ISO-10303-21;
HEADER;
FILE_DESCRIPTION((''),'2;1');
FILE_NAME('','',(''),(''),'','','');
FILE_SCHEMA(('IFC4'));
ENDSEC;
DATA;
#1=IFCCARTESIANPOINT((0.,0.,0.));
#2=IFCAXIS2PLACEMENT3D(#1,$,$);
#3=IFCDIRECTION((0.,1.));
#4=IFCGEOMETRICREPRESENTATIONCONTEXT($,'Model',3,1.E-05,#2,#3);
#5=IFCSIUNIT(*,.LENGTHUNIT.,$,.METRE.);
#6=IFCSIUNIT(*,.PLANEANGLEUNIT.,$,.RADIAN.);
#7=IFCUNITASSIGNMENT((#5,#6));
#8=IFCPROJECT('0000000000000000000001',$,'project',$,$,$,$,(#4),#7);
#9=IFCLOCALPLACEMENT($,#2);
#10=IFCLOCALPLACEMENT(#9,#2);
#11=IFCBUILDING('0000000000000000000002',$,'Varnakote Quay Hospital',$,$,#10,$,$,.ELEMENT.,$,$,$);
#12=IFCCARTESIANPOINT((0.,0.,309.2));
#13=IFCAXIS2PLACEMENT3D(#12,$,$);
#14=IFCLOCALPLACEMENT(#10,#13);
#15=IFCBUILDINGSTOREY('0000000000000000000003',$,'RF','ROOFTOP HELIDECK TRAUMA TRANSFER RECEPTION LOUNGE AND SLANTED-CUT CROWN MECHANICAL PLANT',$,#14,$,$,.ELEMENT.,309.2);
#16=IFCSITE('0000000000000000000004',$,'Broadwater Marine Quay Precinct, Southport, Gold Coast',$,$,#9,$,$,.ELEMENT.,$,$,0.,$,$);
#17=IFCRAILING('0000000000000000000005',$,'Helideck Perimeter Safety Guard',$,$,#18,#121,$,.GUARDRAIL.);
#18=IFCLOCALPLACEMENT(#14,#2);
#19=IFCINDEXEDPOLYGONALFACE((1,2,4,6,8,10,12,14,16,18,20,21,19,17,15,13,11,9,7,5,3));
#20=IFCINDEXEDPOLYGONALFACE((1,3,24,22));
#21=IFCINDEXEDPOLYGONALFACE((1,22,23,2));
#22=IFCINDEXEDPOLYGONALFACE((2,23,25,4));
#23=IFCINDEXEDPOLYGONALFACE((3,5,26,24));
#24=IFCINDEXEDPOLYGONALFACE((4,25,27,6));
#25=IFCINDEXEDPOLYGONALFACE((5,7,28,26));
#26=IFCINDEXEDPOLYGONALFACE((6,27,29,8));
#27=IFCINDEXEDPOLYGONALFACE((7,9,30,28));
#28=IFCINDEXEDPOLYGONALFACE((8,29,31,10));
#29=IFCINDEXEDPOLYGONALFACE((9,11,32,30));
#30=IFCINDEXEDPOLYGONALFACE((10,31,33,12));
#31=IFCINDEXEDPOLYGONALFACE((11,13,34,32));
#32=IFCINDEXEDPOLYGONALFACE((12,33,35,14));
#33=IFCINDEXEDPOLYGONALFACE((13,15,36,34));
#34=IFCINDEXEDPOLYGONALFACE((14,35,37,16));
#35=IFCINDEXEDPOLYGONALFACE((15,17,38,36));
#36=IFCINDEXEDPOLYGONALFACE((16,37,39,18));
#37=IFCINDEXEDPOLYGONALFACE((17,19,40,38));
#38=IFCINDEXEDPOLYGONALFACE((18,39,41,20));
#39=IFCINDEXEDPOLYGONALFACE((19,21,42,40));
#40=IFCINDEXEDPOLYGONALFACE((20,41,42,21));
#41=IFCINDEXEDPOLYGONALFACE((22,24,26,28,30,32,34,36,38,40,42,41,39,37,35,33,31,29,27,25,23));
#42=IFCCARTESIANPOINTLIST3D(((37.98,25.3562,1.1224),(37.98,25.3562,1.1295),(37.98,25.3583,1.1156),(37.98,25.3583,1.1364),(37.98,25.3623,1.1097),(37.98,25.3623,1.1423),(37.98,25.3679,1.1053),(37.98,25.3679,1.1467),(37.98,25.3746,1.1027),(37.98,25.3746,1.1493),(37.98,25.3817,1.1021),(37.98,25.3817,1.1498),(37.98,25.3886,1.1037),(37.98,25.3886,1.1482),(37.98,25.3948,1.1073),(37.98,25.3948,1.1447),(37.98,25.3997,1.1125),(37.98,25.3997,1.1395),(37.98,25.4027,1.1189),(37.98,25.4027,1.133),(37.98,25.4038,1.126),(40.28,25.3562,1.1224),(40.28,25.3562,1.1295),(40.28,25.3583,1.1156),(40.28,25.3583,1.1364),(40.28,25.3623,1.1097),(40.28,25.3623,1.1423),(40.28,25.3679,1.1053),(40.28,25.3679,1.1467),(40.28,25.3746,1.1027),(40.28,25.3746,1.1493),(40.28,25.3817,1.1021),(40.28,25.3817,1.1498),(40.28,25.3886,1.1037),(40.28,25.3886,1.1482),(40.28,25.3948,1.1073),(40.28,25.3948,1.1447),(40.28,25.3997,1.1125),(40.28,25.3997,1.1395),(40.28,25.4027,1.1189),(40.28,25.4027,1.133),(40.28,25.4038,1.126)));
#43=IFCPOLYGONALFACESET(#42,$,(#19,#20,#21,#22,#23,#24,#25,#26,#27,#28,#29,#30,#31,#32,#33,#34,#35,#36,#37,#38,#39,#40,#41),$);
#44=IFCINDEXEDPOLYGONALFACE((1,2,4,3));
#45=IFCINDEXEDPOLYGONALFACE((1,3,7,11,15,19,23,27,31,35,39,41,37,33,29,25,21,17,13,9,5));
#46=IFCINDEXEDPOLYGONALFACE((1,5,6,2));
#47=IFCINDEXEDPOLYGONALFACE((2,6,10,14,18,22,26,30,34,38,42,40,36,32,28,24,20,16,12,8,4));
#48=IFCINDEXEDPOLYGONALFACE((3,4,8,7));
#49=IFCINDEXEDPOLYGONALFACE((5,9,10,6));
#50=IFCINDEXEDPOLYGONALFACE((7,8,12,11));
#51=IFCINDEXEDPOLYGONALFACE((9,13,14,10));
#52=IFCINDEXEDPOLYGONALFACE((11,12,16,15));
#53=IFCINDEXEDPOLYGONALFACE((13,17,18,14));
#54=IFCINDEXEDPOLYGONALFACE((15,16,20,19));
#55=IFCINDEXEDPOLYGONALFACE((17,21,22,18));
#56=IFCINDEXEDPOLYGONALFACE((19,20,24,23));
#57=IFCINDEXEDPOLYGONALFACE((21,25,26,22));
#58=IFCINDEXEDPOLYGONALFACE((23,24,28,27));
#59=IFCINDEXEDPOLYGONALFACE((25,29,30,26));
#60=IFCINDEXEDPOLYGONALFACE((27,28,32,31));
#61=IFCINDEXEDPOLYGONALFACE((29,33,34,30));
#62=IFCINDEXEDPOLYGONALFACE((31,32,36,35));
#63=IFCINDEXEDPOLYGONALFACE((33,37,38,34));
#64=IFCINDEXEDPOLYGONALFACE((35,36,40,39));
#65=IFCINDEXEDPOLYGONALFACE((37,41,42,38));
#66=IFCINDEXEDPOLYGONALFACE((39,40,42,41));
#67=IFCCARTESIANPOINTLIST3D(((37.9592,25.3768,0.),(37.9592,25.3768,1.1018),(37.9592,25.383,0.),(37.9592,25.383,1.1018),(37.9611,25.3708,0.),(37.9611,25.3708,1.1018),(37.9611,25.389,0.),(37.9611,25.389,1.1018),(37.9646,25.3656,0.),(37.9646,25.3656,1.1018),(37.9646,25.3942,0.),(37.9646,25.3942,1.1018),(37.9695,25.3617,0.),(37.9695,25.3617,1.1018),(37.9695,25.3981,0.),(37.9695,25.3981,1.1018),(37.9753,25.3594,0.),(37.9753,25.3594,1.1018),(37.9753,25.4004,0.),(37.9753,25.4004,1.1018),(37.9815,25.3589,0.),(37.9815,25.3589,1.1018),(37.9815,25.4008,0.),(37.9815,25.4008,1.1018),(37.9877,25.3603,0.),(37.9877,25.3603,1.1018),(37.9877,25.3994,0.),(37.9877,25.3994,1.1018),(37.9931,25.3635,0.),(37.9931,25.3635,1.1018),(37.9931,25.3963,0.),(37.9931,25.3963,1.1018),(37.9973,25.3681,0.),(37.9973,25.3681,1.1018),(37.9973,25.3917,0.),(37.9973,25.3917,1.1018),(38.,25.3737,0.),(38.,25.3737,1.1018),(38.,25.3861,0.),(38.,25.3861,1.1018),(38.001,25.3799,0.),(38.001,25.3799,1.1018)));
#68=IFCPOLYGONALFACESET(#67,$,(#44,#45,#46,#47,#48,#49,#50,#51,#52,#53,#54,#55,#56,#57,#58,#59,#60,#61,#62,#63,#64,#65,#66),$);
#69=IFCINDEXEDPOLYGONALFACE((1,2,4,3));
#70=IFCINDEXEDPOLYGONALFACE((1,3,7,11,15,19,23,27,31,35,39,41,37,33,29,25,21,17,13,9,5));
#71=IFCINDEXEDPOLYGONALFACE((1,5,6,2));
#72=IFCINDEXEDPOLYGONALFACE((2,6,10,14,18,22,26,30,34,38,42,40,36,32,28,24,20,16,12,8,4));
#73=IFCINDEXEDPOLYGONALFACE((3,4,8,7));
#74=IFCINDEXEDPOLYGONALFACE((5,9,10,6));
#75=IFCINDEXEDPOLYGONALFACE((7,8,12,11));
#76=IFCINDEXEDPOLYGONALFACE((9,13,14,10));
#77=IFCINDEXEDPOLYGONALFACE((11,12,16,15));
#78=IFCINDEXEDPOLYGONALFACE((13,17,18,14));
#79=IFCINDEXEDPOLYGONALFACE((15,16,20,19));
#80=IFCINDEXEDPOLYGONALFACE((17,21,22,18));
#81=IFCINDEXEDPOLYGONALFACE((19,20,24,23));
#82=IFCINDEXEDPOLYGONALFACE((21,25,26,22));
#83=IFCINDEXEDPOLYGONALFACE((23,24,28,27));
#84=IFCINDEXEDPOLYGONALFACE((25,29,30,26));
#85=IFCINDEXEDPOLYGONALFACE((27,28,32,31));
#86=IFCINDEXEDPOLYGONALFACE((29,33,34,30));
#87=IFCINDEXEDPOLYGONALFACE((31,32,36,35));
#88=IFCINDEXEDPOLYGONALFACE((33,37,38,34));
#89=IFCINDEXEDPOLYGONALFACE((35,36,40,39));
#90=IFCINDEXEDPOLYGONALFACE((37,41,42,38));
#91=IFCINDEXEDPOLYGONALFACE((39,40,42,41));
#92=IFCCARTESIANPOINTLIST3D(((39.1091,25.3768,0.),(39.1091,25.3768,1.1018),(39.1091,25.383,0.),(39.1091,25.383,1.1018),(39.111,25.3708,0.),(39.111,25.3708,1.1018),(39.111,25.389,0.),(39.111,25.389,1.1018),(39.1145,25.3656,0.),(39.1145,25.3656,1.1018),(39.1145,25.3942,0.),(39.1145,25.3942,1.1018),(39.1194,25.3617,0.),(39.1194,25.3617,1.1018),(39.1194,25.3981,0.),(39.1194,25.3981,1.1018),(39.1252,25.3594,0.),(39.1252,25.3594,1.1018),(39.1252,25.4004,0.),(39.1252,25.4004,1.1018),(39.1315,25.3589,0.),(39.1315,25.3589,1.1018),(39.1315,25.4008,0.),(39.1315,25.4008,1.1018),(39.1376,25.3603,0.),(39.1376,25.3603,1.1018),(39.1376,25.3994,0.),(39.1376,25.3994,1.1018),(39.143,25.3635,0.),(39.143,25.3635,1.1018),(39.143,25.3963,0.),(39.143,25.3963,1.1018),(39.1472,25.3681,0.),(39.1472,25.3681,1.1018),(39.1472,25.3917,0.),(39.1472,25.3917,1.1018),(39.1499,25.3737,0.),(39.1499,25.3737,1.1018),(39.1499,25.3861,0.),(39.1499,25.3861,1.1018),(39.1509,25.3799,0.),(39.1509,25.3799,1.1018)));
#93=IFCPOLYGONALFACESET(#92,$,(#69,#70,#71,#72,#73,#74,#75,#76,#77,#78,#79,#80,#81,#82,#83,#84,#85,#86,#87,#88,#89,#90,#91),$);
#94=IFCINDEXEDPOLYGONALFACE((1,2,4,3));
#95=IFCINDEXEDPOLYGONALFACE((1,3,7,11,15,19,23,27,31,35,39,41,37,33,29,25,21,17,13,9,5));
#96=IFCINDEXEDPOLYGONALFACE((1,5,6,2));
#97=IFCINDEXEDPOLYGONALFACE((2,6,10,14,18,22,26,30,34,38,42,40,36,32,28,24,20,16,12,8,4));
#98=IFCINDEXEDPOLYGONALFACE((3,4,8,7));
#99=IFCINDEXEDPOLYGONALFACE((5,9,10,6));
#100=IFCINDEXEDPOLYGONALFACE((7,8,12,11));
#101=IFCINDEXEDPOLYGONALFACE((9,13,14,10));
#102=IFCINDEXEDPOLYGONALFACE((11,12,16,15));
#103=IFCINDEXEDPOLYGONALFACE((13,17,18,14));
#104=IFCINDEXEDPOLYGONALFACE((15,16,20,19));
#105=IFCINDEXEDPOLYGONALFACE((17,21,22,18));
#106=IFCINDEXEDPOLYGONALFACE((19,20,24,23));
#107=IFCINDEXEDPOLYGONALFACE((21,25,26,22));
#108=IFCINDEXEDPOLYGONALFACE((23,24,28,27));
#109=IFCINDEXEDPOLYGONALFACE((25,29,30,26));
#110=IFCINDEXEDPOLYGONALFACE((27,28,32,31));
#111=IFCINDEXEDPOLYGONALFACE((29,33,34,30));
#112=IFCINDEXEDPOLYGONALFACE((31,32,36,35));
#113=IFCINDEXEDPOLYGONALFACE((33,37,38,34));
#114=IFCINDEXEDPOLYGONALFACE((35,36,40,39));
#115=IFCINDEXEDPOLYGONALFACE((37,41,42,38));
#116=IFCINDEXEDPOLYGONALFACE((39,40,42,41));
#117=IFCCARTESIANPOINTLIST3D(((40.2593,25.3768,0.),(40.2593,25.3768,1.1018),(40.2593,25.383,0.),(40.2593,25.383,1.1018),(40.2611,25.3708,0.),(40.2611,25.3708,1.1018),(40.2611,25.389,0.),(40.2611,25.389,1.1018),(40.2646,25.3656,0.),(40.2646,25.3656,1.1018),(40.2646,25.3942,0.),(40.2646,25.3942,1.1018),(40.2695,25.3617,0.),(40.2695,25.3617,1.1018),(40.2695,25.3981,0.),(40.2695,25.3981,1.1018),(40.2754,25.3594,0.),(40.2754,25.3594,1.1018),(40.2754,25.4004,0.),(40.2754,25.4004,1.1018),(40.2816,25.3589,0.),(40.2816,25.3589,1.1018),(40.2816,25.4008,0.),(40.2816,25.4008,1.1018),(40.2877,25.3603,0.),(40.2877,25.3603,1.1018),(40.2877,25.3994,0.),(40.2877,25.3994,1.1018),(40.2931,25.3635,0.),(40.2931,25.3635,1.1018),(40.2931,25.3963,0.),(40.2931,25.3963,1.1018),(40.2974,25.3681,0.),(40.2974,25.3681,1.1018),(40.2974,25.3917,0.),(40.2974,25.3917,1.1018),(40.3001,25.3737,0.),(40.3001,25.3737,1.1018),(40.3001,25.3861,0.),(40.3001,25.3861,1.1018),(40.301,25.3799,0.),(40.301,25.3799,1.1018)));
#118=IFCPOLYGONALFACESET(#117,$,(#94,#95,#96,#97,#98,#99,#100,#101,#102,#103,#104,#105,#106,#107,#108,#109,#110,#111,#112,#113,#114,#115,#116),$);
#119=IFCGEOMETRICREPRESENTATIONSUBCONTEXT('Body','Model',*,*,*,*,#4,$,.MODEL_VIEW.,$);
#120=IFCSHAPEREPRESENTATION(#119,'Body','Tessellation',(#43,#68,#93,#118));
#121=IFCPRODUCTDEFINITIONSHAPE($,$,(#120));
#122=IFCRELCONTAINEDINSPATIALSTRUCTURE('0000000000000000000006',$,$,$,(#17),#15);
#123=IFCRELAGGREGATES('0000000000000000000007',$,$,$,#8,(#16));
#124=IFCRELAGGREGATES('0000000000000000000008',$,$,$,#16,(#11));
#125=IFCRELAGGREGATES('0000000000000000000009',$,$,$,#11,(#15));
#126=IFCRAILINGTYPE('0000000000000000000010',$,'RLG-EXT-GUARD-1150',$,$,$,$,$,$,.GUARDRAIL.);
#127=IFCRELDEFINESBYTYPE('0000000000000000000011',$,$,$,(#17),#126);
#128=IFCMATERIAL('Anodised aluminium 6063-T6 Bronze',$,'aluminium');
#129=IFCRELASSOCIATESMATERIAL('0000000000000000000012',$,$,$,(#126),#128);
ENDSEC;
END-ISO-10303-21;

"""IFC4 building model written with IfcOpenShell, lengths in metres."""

from ifc_helpers import new_model, si_unit, direction, frame, origin, origin_2d, place, context, subcontext, project, spatial, circle, extrude, material, type_object, element, save


model = new_model("IFC4")

# Units and contexts
model_context = context("Model", 3, precision=1e-05, world=origin(), true_north=direction((0.0, 1.0)))
body_context = subcontext(model_context, "Body", "Model", "MODEL_VIEW")
ifc_project = project(units=[si_unit("LENGTHUNIT", "METRE"), si_unit("PLANEANGLEUNIT", "RADIAN")], contexts=[model_context])

# Site, building, storey
site_placement = place(None, origin())
site = spatial("IfcSite", under=ifc_project, at=site_placement, Name="Broadwater Marine Quay Precinct, Southport, Gold Coast", CompositionType="ELEMENT", RefElevation=0.0)
building_placement = place(site_placement, origin())
building = spatial("IfcBuilding", under=site, at=building_placement, Name="Varnakote Quay Hospital", CompositionType="ELEMENT")
storey_placement = place(building_placement, frame((0.0, 0.0, 309.2)))
storey = spatial("IfcBuildingStorey", under=building, at=storey_placement, Name="RF", Description="ROOFTOP HELIDECK TRAUMA TRANSFER RECEPTION LOUNGE AND SLANTED-CUT CROWN MECHANICAL PLANT", CompositionType="ELEMENT", Elevation=309.2)

# Railing
ifc_material_1 = material(Name="Anodised aluminium 6063-T6 Bronze", Category="aluminium")
railing_type = type_object("IfcRailingType", Name="RLG-EXT-GUARD-1150", PredefinedType="GUARDRAIL", material=ifc_material_1)
railing_1_placement = place(storey_placement, frame((37.98, 25.3799, 0.0)))
element("IfcRailing", 1, at=railing_1_placement, inside=storey, type_object=railing_type, Name="Helideck Perimeter Safety Guard", PredefinedType="GUARDRAIL", context=body_context, shape_type="SweptSolid", body=[
    extrude(circle(Radius=0.0239, at=origin_2d()), frame((0.0, 0.0, 1.126), z_axis=(1.0, 0.0, 0.0), x_axis=(0.0, 1.0, 0.0)), (0.0, 0.0, 1.0), 2.3),
    extrude(circle(Radius=0.021, at=origin_2d()), origin(), (0.0, 0.0, 1.0), 1.1018),
    extrude(circle(Radius=0.021, at=origin_2d()), frame((1.1499, 0.0, 0.0)), (0.0, 0.0, 1.0), 1.1018),
    extrude(circle(Radius=0.021, at=origin_2d()), frame((2.3, 0.0, 0.0)), (0.0, 0.0, 1.0), 1.1018),
])

save(model, "model.ifc")
